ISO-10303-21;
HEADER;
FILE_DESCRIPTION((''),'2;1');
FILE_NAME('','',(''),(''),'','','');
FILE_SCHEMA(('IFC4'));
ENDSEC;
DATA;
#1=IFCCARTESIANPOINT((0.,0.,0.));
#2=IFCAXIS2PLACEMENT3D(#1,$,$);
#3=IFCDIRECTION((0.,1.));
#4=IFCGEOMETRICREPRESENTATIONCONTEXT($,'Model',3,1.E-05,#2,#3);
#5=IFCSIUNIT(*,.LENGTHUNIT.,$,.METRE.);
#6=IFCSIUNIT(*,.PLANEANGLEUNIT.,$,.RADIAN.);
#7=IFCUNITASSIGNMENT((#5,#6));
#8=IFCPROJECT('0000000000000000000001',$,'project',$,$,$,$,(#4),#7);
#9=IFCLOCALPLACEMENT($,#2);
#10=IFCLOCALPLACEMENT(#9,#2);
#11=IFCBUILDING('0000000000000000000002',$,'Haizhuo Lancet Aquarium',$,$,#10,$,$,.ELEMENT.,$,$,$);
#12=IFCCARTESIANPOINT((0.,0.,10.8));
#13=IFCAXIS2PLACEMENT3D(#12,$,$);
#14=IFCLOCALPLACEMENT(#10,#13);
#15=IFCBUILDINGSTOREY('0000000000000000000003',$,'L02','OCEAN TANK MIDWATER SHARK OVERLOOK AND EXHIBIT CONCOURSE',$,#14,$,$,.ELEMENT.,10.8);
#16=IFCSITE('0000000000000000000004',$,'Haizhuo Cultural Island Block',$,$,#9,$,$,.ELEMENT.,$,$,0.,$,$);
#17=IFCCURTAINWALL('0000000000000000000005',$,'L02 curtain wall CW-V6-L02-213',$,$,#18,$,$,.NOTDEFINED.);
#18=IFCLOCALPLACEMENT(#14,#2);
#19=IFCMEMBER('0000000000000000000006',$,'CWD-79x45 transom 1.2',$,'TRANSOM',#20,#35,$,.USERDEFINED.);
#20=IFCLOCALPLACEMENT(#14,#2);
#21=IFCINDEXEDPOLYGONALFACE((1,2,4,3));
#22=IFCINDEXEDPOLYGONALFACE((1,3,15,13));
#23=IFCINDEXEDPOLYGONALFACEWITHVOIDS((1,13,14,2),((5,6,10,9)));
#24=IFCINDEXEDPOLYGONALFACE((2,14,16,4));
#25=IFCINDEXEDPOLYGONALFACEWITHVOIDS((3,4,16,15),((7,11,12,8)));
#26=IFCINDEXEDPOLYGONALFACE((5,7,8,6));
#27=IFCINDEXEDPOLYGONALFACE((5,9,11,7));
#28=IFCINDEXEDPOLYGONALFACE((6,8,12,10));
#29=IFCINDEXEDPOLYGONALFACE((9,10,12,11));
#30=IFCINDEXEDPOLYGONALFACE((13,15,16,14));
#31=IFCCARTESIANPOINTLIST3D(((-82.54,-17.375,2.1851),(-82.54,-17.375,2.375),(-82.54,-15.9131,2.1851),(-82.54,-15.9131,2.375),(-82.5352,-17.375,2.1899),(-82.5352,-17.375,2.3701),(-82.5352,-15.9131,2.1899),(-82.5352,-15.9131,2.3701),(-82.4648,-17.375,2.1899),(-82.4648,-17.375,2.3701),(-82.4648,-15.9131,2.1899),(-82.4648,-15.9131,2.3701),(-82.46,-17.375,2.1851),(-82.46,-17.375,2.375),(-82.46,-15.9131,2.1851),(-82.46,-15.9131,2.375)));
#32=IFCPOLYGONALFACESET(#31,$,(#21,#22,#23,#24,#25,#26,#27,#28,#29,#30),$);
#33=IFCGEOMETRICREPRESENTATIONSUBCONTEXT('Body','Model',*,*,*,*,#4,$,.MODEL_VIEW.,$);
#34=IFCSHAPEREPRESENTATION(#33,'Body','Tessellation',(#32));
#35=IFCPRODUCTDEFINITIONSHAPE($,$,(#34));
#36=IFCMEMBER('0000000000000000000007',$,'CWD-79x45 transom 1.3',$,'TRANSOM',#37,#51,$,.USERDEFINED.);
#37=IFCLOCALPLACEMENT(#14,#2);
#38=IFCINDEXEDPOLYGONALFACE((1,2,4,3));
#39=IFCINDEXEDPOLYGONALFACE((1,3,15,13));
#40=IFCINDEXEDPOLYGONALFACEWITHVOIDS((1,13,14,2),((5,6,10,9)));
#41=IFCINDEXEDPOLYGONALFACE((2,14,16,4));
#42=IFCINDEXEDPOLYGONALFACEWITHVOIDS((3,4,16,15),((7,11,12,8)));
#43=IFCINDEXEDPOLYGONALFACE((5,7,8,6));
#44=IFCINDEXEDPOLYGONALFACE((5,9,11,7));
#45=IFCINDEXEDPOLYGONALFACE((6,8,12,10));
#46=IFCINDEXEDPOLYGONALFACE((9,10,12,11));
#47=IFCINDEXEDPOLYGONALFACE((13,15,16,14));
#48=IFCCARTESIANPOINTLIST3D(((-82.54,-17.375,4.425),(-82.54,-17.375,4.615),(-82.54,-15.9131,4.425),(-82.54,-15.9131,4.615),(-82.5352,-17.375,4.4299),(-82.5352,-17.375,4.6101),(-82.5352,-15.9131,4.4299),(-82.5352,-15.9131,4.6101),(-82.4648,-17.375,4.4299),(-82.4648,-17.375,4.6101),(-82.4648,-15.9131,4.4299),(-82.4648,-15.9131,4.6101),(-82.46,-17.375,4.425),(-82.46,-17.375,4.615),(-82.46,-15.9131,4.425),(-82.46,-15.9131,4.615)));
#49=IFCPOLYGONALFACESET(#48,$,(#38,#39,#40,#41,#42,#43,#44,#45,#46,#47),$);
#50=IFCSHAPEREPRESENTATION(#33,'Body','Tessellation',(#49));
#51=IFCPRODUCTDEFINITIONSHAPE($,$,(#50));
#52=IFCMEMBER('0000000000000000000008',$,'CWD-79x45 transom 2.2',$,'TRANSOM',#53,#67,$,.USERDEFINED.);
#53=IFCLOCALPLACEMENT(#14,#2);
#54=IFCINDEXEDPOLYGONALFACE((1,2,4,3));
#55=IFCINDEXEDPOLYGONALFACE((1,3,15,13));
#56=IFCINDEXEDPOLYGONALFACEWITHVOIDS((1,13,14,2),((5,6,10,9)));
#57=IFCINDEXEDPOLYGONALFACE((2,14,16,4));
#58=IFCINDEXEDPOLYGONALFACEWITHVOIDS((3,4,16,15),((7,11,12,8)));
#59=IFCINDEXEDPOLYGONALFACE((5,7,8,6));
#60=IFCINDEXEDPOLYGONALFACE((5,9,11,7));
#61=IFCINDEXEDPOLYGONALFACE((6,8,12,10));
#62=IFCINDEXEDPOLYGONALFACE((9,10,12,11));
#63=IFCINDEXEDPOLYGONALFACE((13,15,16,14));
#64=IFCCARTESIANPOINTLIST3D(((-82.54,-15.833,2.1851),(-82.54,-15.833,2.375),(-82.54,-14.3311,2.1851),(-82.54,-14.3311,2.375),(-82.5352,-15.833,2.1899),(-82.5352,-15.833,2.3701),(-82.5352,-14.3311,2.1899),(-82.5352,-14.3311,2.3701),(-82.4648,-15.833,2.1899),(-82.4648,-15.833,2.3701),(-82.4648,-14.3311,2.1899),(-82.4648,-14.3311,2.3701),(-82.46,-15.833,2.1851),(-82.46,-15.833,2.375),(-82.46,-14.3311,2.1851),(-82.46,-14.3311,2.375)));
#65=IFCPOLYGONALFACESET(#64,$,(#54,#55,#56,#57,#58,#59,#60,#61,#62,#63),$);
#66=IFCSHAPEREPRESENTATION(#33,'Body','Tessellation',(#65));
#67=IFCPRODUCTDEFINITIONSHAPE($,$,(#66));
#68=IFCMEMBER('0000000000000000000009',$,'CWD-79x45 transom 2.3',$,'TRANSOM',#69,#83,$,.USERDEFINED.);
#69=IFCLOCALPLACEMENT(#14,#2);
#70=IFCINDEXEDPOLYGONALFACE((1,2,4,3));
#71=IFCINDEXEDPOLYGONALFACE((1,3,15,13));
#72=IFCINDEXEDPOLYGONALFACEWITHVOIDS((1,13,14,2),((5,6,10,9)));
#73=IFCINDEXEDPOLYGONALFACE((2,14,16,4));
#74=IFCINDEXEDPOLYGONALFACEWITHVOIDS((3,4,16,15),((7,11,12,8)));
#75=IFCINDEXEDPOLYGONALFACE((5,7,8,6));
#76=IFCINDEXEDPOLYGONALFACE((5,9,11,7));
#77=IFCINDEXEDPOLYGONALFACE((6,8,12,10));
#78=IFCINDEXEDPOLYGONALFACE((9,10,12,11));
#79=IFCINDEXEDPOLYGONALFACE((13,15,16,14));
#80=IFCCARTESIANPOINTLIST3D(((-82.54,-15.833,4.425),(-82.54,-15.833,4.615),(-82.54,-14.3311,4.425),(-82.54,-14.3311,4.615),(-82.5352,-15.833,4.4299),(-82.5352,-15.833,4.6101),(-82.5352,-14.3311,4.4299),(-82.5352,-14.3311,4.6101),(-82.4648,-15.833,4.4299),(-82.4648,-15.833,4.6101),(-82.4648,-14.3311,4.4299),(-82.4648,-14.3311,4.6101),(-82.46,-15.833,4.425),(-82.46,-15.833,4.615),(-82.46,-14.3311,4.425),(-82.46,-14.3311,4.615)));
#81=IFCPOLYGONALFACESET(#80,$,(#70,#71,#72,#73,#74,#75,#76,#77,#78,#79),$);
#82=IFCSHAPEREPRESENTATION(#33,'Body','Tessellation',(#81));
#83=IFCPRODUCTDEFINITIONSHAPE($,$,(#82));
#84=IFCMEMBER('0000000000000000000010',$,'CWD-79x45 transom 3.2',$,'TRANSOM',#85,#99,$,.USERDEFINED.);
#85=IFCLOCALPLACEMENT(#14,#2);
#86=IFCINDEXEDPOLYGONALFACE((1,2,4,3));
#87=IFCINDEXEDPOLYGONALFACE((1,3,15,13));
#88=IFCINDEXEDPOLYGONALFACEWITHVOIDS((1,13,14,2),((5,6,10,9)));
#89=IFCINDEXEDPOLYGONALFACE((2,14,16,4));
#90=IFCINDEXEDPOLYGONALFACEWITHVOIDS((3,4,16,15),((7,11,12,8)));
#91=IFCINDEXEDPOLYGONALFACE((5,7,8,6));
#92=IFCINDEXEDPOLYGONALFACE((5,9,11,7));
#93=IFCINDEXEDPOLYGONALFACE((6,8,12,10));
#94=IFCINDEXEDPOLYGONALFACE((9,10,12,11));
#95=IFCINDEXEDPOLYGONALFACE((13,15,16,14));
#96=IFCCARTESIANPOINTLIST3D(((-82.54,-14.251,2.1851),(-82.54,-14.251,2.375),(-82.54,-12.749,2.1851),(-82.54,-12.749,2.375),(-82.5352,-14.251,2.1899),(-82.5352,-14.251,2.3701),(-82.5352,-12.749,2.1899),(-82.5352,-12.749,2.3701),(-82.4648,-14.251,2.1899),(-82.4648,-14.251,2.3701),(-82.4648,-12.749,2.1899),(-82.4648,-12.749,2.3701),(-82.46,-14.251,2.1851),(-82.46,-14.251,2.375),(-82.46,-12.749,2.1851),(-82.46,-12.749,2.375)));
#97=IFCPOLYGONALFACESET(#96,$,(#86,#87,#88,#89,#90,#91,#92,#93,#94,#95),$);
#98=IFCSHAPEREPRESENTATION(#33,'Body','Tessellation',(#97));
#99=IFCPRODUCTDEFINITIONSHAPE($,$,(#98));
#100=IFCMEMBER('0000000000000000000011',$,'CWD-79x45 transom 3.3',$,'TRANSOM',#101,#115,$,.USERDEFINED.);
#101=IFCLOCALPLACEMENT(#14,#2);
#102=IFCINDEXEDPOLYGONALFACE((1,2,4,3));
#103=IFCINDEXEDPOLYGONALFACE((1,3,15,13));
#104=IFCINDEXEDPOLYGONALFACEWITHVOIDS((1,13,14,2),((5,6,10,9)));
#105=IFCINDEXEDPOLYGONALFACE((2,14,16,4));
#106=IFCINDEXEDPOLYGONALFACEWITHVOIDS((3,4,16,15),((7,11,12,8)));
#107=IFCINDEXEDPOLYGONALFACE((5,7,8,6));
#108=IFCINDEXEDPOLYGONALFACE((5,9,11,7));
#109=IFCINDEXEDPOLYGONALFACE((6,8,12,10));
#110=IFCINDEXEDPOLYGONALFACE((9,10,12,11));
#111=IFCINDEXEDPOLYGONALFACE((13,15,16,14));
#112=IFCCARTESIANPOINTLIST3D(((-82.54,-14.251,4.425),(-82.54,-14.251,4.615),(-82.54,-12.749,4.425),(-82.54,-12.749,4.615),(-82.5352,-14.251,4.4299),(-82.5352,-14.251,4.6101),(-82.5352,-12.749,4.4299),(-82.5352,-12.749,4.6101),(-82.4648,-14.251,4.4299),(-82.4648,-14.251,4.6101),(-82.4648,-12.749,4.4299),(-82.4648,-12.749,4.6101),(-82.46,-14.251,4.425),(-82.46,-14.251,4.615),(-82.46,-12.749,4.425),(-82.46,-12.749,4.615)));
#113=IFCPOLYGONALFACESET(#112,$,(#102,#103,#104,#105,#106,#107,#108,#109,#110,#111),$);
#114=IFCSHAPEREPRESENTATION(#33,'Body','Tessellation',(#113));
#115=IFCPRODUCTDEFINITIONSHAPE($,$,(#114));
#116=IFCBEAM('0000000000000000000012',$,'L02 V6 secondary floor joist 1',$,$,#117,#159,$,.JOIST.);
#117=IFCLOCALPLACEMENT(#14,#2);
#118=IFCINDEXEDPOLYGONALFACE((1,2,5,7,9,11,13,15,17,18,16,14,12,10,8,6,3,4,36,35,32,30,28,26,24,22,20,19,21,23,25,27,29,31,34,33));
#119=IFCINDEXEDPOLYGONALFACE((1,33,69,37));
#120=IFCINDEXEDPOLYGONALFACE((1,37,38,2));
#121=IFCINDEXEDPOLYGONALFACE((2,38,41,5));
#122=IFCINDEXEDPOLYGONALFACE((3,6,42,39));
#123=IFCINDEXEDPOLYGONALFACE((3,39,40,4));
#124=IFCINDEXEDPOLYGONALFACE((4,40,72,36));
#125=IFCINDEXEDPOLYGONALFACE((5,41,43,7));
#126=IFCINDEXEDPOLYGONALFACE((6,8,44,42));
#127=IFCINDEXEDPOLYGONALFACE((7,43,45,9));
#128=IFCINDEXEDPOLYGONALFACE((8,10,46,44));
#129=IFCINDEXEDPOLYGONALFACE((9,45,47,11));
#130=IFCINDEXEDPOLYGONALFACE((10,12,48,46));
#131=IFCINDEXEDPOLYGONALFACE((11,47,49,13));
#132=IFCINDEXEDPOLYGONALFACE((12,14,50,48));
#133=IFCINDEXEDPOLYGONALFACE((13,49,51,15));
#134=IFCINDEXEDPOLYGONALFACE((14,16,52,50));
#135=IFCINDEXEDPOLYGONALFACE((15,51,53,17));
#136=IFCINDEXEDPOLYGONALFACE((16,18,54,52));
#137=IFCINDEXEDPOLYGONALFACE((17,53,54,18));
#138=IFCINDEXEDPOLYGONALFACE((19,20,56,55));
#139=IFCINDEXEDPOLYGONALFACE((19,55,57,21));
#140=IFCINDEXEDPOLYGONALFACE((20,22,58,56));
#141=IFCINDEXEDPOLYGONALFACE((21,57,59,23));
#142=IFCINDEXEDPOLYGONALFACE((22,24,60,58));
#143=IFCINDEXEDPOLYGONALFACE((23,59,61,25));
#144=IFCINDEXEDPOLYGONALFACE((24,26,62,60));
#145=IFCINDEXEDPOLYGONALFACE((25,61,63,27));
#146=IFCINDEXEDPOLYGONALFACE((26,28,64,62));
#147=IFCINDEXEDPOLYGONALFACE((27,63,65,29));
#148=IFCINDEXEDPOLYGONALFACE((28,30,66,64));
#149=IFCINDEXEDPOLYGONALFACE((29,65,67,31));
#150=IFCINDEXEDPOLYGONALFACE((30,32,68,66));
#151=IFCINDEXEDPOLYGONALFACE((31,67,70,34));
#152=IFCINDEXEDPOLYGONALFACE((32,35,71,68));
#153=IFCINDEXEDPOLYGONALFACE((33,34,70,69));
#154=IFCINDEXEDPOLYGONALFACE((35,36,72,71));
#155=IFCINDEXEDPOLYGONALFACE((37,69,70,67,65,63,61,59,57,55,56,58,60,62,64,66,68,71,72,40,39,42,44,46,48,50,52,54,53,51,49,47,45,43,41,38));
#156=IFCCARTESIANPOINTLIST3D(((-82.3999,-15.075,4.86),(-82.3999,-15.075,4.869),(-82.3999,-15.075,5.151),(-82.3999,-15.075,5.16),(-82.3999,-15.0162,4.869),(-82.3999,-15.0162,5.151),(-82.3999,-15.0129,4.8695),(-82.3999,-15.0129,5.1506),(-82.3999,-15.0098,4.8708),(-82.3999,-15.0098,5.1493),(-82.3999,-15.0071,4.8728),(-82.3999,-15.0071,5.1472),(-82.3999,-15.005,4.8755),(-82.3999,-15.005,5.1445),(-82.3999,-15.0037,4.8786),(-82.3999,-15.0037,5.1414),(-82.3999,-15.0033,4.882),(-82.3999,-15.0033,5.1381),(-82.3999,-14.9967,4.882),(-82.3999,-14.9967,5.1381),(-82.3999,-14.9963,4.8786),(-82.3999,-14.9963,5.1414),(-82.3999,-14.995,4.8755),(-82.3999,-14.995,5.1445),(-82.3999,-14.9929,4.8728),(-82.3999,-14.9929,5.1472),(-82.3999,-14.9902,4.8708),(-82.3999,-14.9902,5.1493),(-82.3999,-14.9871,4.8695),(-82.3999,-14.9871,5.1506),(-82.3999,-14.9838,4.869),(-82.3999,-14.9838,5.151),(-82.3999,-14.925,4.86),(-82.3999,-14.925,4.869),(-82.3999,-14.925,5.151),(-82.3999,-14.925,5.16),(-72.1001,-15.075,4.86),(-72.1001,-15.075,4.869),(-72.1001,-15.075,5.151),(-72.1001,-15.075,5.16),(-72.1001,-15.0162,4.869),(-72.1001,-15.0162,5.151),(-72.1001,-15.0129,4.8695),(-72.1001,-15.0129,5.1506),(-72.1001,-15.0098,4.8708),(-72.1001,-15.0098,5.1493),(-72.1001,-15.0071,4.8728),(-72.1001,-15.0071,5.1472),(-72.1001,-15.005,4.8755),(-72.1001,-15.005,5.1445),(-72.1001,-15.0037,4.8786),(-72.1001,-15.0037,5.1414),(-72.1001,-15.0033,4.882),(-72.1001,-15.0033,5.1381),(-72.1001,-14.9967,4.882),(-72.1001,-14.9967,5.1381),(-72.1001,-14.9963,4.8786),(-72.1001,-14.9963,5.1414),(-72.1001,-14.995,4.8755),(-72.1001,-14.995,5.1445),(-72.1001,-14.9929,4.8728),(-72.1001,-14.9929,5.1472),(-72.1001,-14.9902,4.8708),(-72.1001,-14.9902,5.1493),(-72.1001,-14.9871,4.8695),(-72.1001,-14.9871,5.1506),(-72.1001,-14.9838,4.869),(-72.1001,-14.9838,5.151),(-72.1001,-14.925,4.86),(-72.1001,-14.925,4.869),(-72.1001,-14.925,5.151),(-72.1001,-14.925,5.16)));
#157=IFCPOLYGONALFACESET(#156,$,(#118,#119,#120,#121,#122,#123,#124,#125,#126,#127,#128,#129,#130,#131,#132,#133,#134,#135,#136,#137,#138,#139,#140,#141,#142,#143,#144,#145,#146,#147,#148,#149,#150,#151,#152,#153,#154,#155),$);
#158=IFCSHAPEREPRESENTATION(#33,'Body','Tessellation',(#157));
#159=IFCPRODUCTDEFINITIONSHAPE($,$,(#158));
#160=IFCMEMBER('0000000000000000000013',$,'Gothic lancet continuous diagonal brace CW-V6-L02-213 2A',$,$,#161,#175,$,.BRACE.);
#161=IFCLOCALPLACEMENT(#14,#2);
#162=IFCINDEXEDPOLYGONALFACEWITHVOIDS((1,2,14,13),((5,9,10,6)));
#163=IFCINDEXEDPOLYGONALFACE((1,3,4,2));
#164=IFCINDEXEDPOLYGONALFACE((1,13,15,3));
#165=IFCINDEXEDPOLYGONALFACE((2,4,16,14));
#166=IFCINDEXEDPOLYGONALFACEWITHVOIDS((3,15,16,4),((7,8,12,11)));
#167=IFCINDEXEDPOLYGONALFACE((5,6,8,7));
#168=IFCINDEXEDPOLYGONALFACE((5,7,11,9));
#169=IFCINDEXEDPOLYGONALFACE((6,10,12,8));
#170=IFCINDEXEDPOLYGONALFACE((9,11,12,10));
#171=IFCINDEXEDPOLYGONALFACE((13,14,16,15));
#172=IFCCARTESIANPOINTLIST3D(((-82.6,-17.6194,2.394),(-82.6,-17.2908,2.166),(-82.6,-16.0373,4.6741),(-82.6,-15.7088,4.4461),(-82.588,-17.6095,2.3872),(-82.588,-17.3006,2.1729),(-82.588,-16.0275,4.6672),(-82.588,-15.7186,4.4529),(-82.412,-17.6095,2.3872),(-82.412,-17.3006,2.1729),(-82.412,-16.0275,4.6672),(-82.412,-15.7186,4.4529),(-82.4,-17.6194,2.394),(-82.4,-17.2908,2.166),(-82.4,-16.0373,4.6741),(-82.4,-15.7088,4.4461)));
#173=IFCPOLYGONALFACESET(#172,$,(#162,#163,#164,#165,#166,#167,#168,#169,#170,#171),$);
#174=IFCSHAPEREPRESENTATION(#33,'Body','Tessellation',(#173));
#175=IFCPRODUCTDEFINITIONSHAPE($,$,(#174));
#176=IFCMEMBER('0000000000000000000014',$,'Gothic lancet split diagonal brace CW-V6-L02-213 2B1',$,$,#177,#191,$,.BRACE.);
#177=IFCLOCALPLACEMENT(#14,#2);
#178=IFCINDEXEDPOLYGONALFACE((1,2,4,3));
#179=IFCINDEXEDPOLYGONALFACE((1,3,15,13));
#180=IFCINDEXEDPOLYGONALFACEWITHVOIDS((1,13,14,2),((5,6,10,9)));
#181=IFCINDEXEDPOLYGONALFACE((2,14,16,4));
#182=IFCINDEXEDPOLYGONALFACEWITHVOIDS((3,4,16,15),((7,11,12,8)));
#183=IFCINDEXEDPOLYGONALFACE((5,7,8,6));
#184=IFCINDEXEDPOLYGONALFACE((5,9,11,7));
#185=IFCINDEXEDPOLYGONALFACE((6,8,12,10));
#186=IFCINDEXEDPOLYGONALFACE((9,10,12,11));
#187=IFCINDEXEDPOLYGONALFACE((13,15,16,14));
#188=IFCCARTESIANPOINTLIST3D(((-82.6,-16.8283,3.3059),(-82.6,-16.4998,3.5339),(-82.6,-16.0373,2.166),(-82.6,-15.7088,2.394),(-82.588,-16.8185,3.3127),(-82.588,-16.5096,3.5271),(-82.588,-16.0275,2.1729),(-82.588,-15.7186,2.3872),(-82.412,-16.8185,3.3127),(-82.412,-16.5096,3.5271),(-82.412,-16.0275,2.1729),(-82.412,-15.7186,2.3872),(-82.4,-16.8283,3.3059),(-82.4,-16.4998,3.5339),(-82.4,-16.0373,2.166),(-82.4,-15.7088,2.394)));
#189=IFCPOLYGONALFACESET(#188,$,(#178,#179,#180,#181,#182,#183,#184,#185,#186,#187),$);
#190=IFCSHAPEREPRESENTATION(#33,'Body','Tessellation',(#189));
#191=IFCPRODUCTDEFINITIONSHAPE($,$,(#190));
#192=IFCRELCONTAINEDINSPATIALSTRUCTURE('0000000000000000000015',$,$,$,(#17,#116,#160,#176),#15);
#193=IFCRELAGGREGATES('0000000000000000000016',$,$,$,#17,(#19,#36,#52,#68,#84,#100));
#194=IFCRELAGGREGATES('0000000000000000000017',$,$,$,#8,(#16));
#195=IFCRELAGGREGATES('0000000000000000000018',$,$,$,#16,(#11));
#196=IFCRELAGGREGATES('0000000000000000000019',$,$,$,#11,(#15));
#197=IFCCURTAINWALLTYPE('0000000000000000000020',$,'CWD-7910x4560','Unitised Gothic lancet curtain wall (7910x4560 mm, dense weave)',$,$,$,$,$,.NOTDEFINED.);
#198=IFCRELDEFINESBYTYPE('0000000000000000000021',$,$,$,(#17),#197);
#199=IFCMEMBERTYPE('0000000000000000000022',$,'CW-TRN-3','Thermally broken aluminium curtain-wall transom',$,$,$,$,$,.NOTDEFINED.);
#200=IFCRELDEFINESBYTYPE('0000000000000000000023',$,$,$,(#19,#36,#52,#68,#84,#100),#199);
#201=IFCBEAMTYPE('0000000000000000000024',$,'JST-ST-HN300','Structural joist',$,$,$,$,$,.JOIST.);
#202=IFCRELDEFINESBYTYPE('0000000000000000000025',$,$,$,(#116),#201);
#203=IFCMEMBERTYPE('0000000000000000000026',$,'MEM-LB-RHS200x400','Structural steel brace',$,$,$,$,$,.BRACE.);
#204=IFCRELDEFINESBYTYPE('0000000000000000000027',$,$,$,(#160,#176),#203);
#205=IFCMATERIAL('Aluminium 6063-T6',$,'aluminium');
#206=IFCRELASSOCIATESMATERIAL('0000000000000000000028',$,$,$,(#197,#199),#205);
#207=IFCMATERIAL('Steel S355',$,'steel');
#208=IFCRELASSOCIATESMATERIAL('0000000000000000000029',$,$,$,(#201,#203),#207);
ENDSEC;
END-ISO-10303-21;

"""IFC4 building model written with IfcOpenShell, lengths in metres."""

from ifc_helpers import new_model, si_unit, direction, frame, origin, origin_2d, place, context, subcontext, project, spatial, hollow_rectangle, i_section, extrude, material, material_profile, profile_set, type_object, element, aggregate, save


model = new_model("IFC4")

# Units and contexts
model_context = context("Model", 3, precision=1e-05, world=origin(), true_north=direction((0.0, 1.0)))
body_context = subcontext(model_context, "Body", "Model", "MODEL_VIEW")
ifc_project = project(units=[si_unit("LENGTHUNIT", "METRE"), si_unit("PLANEANGLEUNIT", "RADIAN")], contexts=[model_context])

# Site, building, storey
site_placement = place(None, origin())
site = spatial("IfcSite", under=ifc_project, at=site_placement, Name="Haizhuo Cultural Island Block", CompositionType="ELEMENT", RefElevation=0.0)
building_placement = place(site_placement, origin())
building = spatial("IfcBuilding", under=site, at=building_placement, Name="Haizhuo Lancet Aquarium", CompositionType="ELEMENT")
storey_placement = place(building_placement, frame((0.0, 0.0, 10.8)))
storey = spatial("IfcBuildingStorey", under=building, at=storey_placement, Name="L02", Description="OCEAN TANK MIDWATER SHARK OVERLOOK AND EXHIBIT CONCOURSE", CompositionType="ELEMENT", Elevation=10.8)

# Curtain wall, members
ifc_material_1 = material(Name="Aluminium 6063-T6", Category="aluminium")
curtain_wall_type = type_object("IfcCurtainWallType", Name="CWD-7910x4560", Description="Unitised Gothic lancet curtain wall (7910x4560 mm, dense weave)", PredefinedType="NOTDEFINED", material=ifc_material_1)
curtain_wall_placement = place(storey_placement, origin())
curtain_wall = element("IfcCurtainWall", 1, at=curtain_wall_placement, inside=storey, type_object=curtain_wall_type, Name="L02 curtain wall CW-V6-L02-213", PredefinedType="NOTDEFINED")
ifc_material_profile_1 = material_profile(ifc_material_1, hollow_rectangle(XDim=0.0801, YDim=0.1899, WallThickness=0.0049, at=origin_2d()), Name="ALU-T 80x190x5")
ifc_profile_set_1 = profile_set([ifc_material_profile_1], Name="Aluminium 6063-T6")
member_type_1 = type_object("IfcMemberType", Name="CW-TRN-3", Description="Thermally broken aluminium curtain-wall transom", PredefinedType="NOTDEFINED", material=ifc_profile_set_1)
member_1_placement = place(storey_placement, frame((-82.5, -17.375, 2.28), z_axis=(0.0, 1.0, 0.0), x_axis=(-1.0, 0.0, 0.0)))
member_1 = element("IfcMember", 2, at=member_1_placement, type_object=member_type_1, Name="CWD-79x45 transom 1.2", ObjectType="TRANSOM", PredefinedType="USERDEFINED", context=body_context, shape_type="SweptSolid", body=[
    extrude(hollow_rectangle(XDim=0.0801, YDim=0.1899, WallThickness=0.0049, at=origin_2d()), origin(), (0.0, 0.0, 1.0), 1.4619),
])
member_2_placement = place(storey_placement, frame((-82.5, -17.375, 4.52), z_axis=(0.0, 1.0, 0.0), x_axis=(-1.0, 0.0, 0.0)))
member_2 = element("IfcMember", 3, at=member_2_placement, type_object=member_type_1, Name="CWD-79x45 transom 1.3", ObjectType="TRANSOM", PredefinedType="USERDEFINED", context=body_context, shape_type="SweptSolid", body=[
    extrude(hollow_rectangle(XDim=0.0801, YDim=0.1899, WallThickness=0.0049, at=origin_2d()), origin(), (0.0, 0.0, 1.0), 1.4619),
])
member_3_placement = place(storey_placement, frame((-82.5, -15.833, 2.28), z_axis=(0.0, 1.0, 0.0), x_axis=(-1.0, 0.0, 0.0)))
member_3 = element("IfcMember", 4, at=member_3_placement, type_object=member_type_1, Name="CWD-79x45 transom 2.2", ObjectType="TRANSOM", PredefinedType="USERDEFINED", context=body_context, shape_type="SweptSolid", body=[
    extrude(hollow_rectangle(XDim=0.0801, YDim=0.1899, WallThickness=0.0049, at=origin_2d()), origin(), (0.0, 0.0, 1.0), 1.502),
])
member_4_placement = place(storey_placement, frame((-82.5, -15.833, 4.52), z_axis=(0.0, 1.0, 0.0), x_axis=(-1.0, 0.0, 0.0)))
member_4 = element("IfcMember", 5, at=member_4_placement, type_object=member_type_1, Name="CWD-79x45 transom 2.3", ObjectType="TRANSOM", PredefinedType="USERDEFINED", context=body_context, shape_type="SweptSolid", body=[
    extrude(hollow_rectangle(XDim=0.0801, YDim=0.1899, WallThickness=0.0049, at=origin_2d()), origin(), (0.0, 0.0, 1.0), 1.502),
])
member_5_placement = place(storey_placement, frame((-82.5, -14.251, 2.28), z_axis=(0.0, 1.0, 0.0), x_axis=(-1.0, 0.0, 0.0)))
member_5 = element("IfcMember", 6, at=member_5_placement, type_object=member_type_1, Name="CWD-79x45 transom 3.2", ObjectType="TRANSOM", PredefinedType="USERDEFINED", context=body_context, shape_type="SweptSolid", body=[
    extrude(hollow_rectangle(XDim=0.0801, YDim=0.1899, WallThickness=0.0049, at=origin_2d()), origin(), (0.0, 0.0, 1.0), 1.502),
])
member_6_placement = place(storey_placement, frame((-82.5, -14.251, 4.52), z_axis=(0.0, 1.0, 0.0), x_axis=(-1.0, 0.0, 0.0)))
member_6 = element("IfcMember", 7, at=member_6_placement, type_object=member_type_1, Name="CWD-79x45 transom 3.3", ObjectType="TRANSOM", PredefinedType="USERDEFINED", context=body_context, shape_type="SweptSolid", body=[
    extrude(hollow_rectangle(XDim=0.0801, YDim=0.1899, WallThickness=0.0049, at=origin_2d()), origin(), (0.0, 0.0, 1.0), 1.502),
])

# Beam
ifc_material_2 = material(Name="Steel S355", Category="steel")
ifc_material_profile_2 = material_profile(ifc_material_2, i_section(OverallWidth=0.1499, OverallDepth=0.3, WebThickness=0.0066, FlangeThickness=0.009, FilletRadius=0.0129, at=origin_2d()), Name="HN 300x150x6.5x9")
ifc_profile_set_2 = profile_set([ifc_material_profile_2], Name="Steel S355")
beam_type = type_object("IfcBeamType", Name="JST-ST-HN300", Description="Structural joist", PredefinedType="JOIST", material=ifc_profile_set_2)
beam_placement = place(storey_placement, frame((-82.3999, -15.0, 5.01), z_axis=(1.0, 0.0, 0.0), x_axis=(0.0, 1.0, 0.0)))
element("IfcBeam", 8, at=beam_placement, inside=storey, type_object=beam_type, Name="L02 V6 secondary floor joist 1", PredefinedType="JOIST", context=body_context, shape_type="SweptSolid", body=[
    extrude(i_section(OverallWidth=0.1499, OverallDepth=0.3, WebThickness=0.0066, FlangeThickness=0.009, FilletRadius=0.0129, at=origin_2d()), origin(), (0.0, 0.0, 1.0), 10.2998),
])

# Members
ifc_material_profile_3 = material_profile(ifc_material_2, hollow_rectangle(XDim=0.2, YDim=0.3999, WallThickness=0.012, at=origin_2d()), Name="RHS 200x400x12")
ifc_profile_set_3 = profile_set([ifc_material_profile_3], Name="Steel S355")
member_type_2 = type_object("IfcMemberType", Name="MEM-LB-RHS200x400", Description="Structural steel brace", PredefinedType="BRACE", material=ifc_profile_set_3)
member_7_placement = place(storey_placement, frame((-82.5, -17.4551, 2.28), z_axis=(0.0, 0.570074, 0.821593), x_axis=(-1.0, 0.0, 0.0)))
element("IfcMember", 9, at=member_7_placement, inside=storey, type_object=member_type_2, Name="Gothic lancet continuous diagonal brace CW-V6-L02-213 2A", PredefinedType="BRACE", context=body_context, shape_type="SweptSolid", body=[
    extrude(hollow_rectangle(XDim=0.2, YDim=0.3999, WallThickness=0.012, at=origin_2d()), origin(), (0.0, 0.0, 1.0), 2.7751),
])
member_8_placement = place(storey_placement, frame((-82.5, -15.873, 2.28), z_axis=(0.0, -0.570115, 0.821565), x_axis=(1.0, 0.0, 0.0)))
element("IfcMember", 10, at=member_8_placement, inside=storey, type_object=member_type_2, Name="Gothic lancet split diagonal brace CW-V6-L02-213 2B1", PredefinedType="BRACE", context=body_context, shape_type="SweptSolid", body=[
    extrude(hollow_rectangle(XDim=0.2, YDim=0.3999, WallThickness=0.012, at=origin_2d()), origin(), (0.0, 0.0, 1.0), 1.3875),
])

aggregate(curtain_wall, [member_1, member_2, member_3, member_4, member_5, member_6])

save(model, "model.ifc")
